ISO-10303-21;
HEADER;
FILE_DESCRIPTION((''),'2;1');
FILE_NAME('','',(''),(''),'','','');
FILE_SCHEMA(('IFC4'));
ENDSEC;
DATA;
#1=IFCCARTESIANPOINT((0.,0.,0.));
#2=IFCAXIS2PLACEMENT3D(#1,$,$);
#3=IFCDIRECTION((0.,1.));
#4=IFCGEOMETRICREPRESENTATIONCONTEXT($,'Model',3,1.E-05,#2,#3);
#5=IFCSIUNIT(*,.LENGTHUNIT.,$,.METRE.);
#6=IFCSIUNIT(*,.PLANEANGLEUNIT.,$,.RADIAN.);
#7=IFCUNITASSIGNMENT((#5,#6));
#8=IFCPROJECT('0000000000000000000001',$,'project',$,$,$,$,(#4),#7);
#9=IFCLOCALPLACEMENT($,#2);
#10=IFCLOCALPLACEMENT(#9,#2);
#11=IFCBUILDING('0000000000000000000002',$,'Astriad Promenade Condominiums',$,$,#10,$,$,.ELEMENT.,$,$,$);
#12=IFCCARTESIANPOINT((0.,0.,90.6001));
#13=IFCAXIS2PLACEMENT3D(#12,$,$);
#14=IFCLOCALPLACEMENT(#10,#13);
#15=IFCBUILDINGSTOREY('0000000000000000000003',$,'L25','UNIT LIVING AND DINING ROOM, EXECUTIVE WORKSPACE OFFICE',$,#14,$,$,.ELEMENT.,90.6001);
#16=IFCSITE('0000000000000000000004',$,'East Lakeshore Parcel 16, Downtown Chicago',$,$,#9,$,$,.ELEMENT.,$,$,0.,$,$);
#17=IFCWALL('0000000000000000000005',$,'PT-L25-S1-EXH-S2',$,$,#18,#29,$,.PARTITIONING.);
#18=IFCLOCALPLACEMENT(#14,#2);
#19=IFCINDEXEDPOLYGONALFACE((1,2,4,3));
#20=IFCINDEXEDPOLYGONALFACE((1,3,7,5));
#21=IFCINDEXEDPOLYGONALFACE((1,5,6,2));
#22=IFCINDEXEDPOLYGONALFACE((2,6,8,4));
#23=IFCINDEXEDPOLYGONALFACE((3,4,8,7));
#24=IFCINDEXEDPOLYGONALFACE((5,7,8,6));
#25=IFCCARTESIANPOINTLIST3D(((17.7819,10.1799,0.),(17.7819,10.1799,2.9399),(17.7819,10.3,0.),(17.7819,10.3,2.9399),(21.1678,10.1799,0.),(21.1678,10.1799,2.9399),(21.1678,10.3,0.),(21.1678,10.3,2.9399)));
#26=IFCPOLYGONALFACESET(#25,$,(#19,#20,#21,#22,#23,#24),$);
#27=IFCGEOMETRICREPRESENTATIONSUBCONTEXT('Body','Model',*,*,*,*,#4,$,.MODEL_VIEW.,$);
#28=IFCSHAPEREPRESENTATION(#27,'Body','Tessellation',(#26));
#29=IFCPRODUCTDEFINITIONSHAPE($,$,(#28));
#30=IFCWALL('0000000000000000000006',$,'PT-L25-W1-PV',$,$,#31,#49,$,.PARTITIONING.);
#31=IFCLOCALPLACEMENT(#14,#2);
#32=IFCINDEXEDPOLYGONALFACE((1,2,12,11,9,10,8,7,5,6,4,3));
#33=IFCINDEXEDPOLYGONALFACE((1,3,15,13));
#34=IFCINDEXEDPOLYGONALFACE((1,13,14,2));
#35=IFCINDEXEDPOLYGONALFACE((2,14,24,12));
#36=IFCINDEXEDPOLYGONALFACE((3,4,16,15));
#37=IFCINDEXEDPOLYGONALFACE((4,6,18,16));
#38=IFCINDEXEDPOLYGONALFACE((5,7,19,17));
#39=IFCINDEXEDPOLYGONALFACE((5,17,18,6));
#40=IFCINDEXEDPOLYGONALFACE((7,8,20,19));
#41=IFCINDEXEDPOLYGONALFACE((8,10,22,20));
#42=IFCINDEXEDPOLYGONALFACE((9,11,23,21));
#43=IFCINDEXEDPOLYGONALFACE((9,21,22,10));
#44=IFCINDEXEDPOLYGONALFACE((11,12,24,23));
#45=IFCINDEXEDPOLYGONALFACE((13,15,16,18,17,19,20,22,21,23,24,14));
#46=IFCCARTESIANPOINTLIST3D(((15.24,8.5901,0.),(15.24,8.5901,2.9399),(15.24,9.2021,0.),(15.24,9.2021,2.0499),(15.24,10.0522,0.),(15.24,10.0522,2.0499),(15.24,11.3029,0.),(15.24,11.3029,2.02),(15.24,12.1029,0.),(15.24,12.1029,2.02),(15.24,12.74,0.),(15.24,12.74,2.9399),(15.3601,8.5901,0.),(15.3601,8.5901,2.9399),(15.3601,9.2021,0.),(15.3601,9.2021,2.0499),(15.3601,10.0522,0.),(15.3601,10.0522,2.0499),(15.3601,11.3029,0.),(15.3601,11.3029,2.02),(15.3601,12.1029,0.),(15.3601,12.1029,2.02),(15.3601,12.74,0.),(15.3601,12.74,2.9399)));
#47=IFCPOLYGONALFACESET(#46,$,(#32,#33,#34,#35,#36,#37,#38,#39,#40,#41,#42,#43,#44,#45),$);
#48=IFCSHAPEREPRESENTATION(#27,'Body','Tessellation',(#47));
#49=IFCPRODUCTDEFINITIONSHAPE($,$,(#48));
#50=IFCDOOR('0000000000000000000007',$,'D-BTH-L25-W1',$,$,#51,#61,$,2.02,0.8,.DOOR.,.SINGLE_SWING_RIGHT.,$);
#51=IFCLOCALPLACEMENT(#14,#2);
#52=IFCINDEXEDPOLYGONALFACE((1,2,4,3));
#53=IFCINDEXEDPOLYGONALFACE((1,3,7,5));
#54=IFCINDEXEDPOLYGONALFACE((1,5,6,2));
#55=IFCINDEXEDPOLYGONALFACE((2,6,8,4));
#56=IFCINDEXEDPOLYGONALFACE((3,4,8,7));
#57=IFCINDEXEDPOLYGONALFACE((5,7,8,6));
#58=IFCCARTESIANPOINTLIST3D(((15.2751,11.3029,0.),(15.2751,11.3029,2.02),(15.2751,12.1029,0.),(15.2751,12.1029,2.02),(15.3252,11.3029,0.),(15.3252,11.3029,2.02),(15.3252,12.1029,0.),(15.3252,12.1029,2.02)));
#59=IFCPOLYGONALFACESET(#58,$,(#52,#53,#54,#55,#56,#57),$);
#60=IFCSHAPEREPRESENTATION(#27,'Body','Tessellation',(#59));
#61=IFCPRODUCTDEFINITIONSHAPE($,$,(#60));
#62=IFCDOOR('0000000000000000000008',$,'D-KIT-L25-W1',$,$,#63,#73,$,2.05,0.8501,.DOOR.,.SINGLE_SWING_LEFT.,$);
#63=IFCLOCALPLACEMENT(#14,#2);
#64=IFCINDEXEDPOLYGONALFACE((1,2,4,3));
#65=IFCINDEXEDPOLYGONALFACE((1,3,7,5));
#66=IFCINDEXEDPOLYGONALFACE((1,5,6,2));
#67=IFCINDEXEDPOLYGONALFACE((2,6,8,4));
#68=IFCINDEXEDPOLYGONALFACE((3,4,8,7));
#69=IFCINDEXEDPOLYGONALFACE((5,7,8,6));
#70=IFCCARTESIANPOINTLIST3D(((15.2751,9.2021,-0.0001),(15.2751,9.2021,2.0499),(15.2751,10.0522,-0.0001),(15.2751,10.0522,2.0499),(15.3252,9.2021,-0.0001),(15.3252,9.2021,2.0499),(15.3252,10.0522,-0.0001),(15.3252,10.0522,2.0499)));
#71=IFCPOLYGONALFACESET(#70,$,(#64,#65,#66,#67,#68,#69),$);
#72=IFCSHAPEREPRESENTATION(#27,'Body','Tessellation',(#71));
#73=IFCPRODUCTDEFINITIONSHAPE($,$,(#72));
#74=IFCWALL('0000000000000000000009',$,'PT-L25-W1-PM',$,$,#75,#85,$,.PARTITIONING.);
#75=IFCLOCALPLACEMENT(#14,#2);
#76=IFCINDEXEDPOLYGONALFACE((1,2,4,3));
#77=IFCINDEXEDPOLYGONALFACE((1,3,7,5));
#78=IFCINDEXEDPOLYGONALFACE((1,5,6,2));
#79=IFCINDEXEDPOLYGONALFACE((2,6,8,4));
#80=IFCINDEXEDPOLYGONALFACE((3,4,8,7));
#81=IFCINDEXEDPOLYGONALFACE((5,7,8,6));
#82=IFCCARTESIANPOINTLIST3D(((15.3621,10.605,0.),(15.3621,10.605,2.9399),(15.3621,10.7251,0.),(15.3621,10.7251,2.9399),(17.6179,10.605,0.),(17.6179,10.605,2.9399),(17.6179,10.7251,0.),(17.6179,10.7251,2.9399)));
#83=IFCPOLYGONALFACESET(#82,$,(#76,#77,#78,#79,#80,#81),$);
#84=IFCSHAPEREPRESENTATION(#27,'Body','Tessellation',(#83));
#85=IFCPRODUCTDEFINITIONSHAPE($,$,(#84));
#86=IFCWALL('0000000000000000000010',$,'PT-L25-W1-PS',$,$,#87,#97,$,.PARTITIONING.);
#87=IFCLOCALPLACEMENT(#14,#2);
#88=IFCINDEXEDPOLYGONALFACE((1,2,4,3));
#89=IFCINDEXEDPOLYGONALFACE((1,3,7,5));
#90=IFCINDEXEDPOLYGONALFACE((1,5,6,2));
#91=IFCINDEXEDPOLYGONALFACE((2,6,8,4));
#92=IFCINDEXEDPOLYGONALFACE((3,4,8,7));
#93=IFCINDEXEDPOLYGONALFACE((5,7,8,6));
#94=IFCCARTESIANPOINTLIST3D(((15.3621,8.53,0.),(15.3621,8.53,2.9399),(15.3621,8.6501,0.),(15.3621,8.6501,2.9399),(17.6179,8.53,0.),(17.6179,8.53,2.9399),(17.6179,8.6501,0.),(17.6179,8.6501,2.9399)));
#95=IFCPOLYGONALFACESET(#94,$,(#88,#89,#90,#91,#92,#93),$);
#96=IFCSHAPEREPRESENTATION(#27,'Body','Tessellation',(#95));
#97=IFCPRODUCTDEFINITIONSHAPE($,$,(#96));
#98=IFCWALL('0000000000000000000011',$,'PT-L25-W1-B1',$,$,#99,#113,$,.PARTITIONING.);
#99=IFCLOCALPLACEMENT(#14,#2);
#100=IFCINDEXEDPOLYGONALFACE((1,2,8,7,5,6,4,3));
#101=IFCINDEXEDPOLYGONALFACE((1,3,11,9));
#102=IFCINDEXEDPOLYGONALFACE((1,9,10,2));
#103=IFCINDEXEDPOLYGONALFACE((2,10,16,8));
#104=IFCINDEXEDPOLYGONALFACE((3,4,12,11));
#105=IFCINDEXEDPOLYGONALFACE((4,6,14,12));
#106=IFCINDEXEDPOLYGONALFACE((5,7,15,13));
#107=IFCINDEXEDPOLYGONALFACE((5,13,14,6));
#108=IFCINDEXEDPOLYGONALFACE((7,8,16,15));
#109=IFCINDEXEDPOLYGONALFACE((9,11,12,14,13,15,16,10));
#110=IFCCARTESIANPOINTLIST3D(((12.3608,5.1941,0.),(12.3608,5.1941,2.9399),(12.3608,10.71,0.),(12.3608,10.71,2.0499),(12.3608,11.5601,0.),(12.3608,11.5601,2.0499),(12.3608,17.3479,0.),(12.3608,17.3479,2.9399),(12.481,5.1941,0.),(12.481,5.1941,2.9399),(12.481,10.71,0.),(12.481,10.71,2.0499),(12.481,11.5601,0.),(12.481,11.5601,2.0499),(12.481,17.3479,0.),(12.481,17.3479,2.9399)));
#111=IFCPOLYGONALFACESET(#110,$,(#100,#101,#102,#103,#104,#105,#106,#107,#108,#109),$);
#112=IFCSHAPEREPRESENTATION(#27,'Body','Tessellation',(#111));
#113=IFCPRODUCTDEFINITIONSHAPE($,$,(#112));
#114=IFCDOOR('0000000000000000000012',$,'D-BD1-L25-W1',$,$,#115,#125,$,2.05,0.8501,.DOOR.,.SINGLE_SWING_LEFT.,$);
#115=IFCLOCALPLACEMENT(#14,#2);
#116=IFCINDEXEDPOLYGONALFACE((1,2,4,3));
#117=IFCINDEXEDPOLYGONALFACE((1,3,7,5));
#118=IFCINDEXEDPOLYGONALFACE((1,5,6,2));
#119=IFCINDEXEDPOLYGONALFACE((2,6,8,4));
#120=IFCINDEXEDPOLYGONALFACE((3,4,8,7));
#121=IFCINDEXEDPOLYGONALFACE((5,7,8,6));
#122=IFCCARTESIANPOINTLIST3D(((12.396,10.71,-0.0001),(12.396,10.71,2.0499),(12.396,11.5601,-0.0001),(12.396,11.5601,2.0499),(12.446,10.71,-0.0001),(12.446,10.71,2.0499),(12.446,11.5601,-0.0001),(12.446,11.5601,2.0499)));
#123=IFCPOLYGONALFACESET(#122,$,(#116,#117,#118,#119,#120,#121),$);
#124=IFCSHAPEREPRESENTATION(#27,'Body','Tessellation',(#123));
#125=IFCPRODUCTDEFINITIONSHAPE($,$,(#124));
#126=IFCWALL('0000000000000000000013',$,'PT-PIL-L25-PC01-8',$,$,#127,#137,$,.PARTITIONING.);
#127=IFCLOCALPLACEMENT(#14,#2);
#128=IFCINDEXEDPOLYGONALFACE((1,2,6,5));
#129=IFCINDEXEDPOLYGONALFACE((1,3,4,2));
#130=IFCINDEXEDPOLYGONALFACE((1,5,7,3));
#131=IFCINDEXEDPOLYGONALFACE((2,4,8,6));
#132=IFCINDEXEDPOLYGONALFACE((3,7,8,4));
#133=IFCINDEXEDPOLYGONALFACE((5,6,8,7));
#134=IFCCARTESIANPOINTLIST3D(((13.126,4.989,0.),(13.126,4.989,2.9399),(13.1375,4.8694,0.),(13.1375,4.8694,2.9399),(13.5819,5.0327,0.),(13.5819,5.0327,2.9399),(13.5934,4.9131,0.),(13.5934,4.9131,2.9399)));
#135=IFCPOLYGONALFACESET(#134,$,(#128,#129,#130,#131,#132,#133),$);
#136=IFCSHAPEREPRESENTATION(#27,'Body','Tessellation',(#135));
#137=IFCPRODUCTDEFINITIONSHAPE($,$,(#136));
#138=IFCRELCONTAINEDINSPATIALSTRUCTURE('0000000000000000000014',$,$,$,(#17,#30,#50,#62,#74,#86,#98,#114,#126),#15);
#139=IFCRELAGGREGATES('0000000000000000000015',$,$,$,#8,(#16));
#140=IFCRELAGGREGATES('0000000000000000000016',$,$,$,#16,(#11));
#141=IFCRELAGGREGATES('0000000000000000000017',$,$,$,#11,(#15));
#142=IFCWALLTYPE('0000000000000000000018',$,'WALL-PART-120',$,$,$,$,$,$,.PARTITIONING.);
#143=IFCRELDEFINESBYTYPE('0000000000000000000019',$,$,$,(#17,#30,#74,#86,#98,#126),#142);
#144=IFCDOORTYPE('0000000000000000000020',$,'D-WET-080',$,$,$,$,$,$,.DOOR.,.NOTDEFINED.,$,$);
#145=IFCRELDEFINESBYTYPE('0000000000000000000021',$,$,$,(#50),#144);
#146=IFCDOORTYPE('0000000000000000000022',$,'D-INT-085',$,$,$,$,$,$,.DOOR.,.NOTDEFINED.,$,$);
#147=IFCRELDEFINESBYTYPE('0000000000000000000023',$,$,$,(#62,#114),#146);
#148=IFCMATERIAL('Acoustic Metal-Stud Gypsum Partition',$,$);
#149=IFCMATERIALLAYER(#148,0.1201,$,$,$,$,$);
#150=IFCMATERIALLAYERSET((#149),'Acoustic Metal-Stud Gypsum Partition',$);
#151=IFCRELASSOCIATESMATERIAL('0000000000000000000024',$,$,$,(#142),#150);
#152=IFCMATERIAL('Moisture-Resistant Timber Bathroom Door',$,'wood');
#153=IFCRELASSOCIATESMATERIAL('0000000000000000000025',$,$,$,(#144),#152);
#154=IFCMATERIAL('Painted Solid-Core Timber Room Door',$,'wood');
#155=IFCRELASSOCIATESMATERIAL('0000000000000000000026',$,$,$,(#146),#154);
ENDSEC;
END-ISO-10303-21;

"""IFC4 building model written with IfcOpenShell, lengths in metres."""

from ifc_helpers import new_model, si_unit, direction, frame, frame_2d, origin, place, context, subcontext, project, spatial, rectangle, extrude, source, transform, mapped, material, layer, layer_set, type_object, type_shapes, element, fill, save


model = new_model("IFC4")

# Units and contexts
model_context = context("Model", 3, precision=1e-05, world=origin(), true_north=direction((0.0, 1.0)))
body_context = subcontext(model_context, "Body", "Model", "MODEL_VIEW")
ifc_project = project(units=[si_unit("LENGTHUNIT", "METRE"), si_unit("PLANEANGLEUNIT", "RADIAN")], contexts=[model_context])

# Site, building, storey
site_placement = place(None, origin())
site = spatial("IfcSite", under=ifc_project, at=site_placement, Name="East Lakeshore Parcel 16, Downtown Chicago", CompositionType="ELEMENT", RefElevation=0.0)
building_placement = place(site_placement, origin())
building = spatial("IfcBuilding", under=site, at=building_placement, Name="Astriad Promenade Condominiums", CompositionType="ELEMENT")
storey_placement = place(building_placement, frame((0.0, 0.0, 90.6001)))
storey = spatial("IfcBuildingStorey", under=building, at=storey_placement, Name="L25", Description="UNIT LIVING AND DINING ROOM, EXECUTIVE WORKSPACE OFFICE", CompositionType="ELEMENT", Elevation=90.6001)

# Wall
ifc_material_1 = material(Name="Acoustic Metal-Stud Gypsum Partition")
ifc_layer_1 = layer(ifc_material_1, 0.1201)
ifc_layer_set_1 = layer_set([ifc_layer_1], Name="Acoustic Metal-Stud Gypsum Partition")
wall_type_1 = type_object("IfcWallType", Name="WALL-PART-120", PredefinedType="PARTITIONING", material=ifc_layer_set_1)
wall_1_placement = place(storey_placement, frame((17.782, 10.24, 0.0), z_axis=(0.0, 0.0, 1.0), x_axis=(1.0, 0.0, 0.0)))
element("IfcWall", 1, at=wall_1_placement, inside=storey, type_object=wall_type_1, Name="PT-L25-S1-EXH-S2", PredefinedType="PARTITIONING", context=body_context, shape_type="SweptSolid", body=[
    extrude(rectangle(XDim=3.386, YDim=0.1201, at=frame_2d((1.6929, 0.0))), origin(), (0.0, 0.0, 1.0), 2.9399),
])

# Wall, openings, doors
wall_2_placement = place(storey_placement, frame((15.3, 8.5901, 0.0), z_axis=(0.0, 0.0, 1.0), x_axis=(0.0, 1.0, 0.0)))
wall_2 = element("IfcWall", 2, at=wall_2_placement, inside=storey, type_object=wall_type_1, Name="PT-L25-W1-PV", PredefinedType="PARTITIONING", context=body_context, shape_type="SweptSolid", body=[
    extrude(rectangle(XDim=4.1499, YDim=0.1201, at=frame_2d((2.075, 0.0))), origin(), (0.0, 0.0, 1.0), 2.9399),
])
opening_1_placement = place(wall_2_placement, frame((0.6121, 0.0, 0.0)))
opening_1 = element("IfcOpeningElement", 3, at=opening_1_placement, cuts=wall_2, PredefinedType="OPENING", context=body_context, shape_type="SweptSolid", body=[
    extrude(rectangle(XDim=0.8501, YDim=2.05, at=frame_2d((0.425, 1.0249))), frame((0.0, 0.0701, 0.0), z_axis=(0.0, -1.0, 0.0), x_axis=(1.0, 0.0, 0.0)), (0.0, 0.0, 1.0), 0.1401),
])
opening_2_placement = place(wall_2_placement, frame((2.7129, 0.0, 0.0)))
opening_2 = element("IfcOpeningElement", 4, at=opening_2_placement, cuts=wall_2, PredefinedType="OPENING", context=body_context, shape_type="SweptSolid", body=[
    extrude(rectangle(XDim=0.8, YDim=2.02, at=frame_2d((0.3999, 1.01))), frame((0.0, 0.0701, 0.0), z_axis=(0.0, -1.0, 0.0), x_axis=(1.0, 0.0, 0.0)), (0.0, 0.0, 1.0), 0.1401),
])
ifc_material_2 = material(Name="Moisture-Resistant Timber Bathroom Door", Category="wood")
door_type_1 = type_object("IfcDoorType", Name="D-WET-080", OperationType="NOTDEFINED", PredefinedType="DOOR", material=ifc_material_2)
shared_shape_1 = source(origin(), body_context, "Body", "SweptSolid", [
    extrude(rectangle(XDim=0.8, YDim=2.02, at=frame_2d((0.3999, 1.01))), frame((0.0, 0.0249, 0.0), z_axis=(0.0, -1.0, 0.0), x_axis=(1.0, 0.0, 0.0)), (0.0, 0.0, 1.0), 0.05),
])
type_shapes(door_type_1, [shared_shape_1])
door_1_placement = place(opening_2_placement, origin())
door_1 = element("IfcDoor", 5, at=door_1_placement, inside=storey, type_object=door_type_1, Name="D-BTH-L25-W1", OperationType="SINGLE_SWING_RIGHT", OverallHeight=2.02, OverallWidth=0.8, PredefinedType="DOOR", context=body_context, shape_type="MappedRepresentation", body=[
    mapped(shared_shape_1, transform((0.0, 0.0, 0.0), scale=1.0)),
])
fill(opening_2, door_1)
ifc_material_3 = material(Name="Painted Solid-Core Timber Room Door", Category="wood")
door_type_2 = type_object("IfcDoorType", Name="D-INT-085", OperationType="NOTDEFINED", PredefinedType="DOOR", material=ifc_material_3)
shared_shape_2 = source(origin(), body_context, "Body", "SweptSolid", [
    extrude(rectangle(XDim=0.8501, YDim=2.05, at=frame_2d((0.425, 1.0249))), frame((0.0, 0.0249, 0.0), z_axis=(0.0, -1.0, 0.0), x_axis=(1.0, 0.0, 0.0)), (0.0, 0.0, 1.0), 0.05),
])
type_shapes(door_type_2, [shared_shape_2])
door_2_placement = place(opening_1_placement, origin())
door_2 = element("IfcDoor", 6, at=door_2_placement, inside=storey, type_object=door_type_2, Name="D-KIT-L25-W1", OperationType="SINGLE_SWING_LEFT", OverallHeight=2.05, OverallWidth=0.8501, PredefinedType="DOOR", context=body_context, shape_type="MappedRepresentation", body=[
    mapped(shared_shape_2, transform((0.0, 0.0, 0.0), scale=1.0)),
])
fill(opening_1, door_2)

# Walls
for number, where, z_axis, x_axis, name in (
    (7, (15.3621, 10.665, 0.0), (0.0, 0.0, 1.0), (1.0, 0.0, 0.0), "PT-L25-W1-PM"),
    (8, (15.3621, 8.5901, 0.0), (0.0, 0.0, 1.0), (1.0, 0.0, 0.0), "PT-L25-W1-PS"),
):
    element("IfcWall", number, at=place(storey_placement, frame(where, z_axis=z_axis, x_axis=x_axis)), inside=storey, type_object=wall_type_1, Name=name, PredefinedType="PARTITIONING", context=body_context, shape_type="SweptSolid", body=[
        extrude(rectangle(XDim=2.2559, YDim=0.1201, at=frame_2d((1.1279, 0.0))), origin(), (0.0, 0.0, 1.0), 2.9399),
    ])

# Wall, opening, door
wall_3_placement = place(storey_placement, frame((12.4209, 5.1941, 0.0), z_axis=(0.0, 0.0, 1.0), x_axis=(0.0, 1.0, 0.0)))
wall_3 = element("IfcWall", 9, at=wall_3_placement, inside=storey, type_object=wall_type_1, Name="PT-L25-W1-B1", PredefinedType="PARTITIONING", context=body_context, shape_type="SweptSolid", body=[
    extrude(rectangle(XDim=12.1538, YDim=0.1201, at=frame_2d((6.0769, 0.0))), origin(), (0.0, 0.0, 1.0), 2.9399),
])
opening_3_placement = place(wall_3_placement, frame((5.5159, 0.0, 0.0)))
opening_3 = element("IfcOpeningElement", 10, at=opening_3_placement, cuts=wall_3, PredefinedType="OPENING", context=body_context, shape_type="SweptSolid", body=[
    extrude(rectangle(XDim=0.8501, YDim=2.05, at=frame_2d((0.425, 1.0249))), frame((0.0, 0.0701, 0.0), z_axis=(0.0, -1.0, 0.0), x_axis=(1.0, 0.0, 0.0)), (0.0, 0.0, 1.0), 0.1401),
])
door_3_placement = place(opening_3_placement, origin())
door_3 = element("IfcDoor", 11, at=door_3_placement, inside=storey, type_object=door_type_2, Name="D-BD1-L25-W1", OperationType="SINGLE_SWING_LEFT", OverallHeight=2.05, OverallWidth=0.8501, PredefinedType="DOOR", context=body_context, shape_type="MappedRepresentation", body=[
    mapped(shared_shape_2, transform((0.0, 0.0, 0.0), scale=1.0)),
])
fill(opening_3, door_3)

# Wall
wall_4_placement = place(storey_placement, frame((13.5876, 4.9729, 0.0), z_axis=(0.0, 0.0, 1.0), x_axis=(-0.995435, -0.095438, 0.0)))
element("IfcWall", 12, at=wall_4_placement, inside=storey, type_object=wall_type_1, Name="PT-PIL-L25-PC01-8", PredefinedType="PARTITIONING", context=body_context, shape_type="SweptSolid", body=[
    extrude(rectangle(XDim=0.458, YDim=0.1201, at=frame_2d((0.229, 0.0))), origin(), (0.0, 0.0, 1.0), 2.9399),
])

save(model, "model.ifc")
